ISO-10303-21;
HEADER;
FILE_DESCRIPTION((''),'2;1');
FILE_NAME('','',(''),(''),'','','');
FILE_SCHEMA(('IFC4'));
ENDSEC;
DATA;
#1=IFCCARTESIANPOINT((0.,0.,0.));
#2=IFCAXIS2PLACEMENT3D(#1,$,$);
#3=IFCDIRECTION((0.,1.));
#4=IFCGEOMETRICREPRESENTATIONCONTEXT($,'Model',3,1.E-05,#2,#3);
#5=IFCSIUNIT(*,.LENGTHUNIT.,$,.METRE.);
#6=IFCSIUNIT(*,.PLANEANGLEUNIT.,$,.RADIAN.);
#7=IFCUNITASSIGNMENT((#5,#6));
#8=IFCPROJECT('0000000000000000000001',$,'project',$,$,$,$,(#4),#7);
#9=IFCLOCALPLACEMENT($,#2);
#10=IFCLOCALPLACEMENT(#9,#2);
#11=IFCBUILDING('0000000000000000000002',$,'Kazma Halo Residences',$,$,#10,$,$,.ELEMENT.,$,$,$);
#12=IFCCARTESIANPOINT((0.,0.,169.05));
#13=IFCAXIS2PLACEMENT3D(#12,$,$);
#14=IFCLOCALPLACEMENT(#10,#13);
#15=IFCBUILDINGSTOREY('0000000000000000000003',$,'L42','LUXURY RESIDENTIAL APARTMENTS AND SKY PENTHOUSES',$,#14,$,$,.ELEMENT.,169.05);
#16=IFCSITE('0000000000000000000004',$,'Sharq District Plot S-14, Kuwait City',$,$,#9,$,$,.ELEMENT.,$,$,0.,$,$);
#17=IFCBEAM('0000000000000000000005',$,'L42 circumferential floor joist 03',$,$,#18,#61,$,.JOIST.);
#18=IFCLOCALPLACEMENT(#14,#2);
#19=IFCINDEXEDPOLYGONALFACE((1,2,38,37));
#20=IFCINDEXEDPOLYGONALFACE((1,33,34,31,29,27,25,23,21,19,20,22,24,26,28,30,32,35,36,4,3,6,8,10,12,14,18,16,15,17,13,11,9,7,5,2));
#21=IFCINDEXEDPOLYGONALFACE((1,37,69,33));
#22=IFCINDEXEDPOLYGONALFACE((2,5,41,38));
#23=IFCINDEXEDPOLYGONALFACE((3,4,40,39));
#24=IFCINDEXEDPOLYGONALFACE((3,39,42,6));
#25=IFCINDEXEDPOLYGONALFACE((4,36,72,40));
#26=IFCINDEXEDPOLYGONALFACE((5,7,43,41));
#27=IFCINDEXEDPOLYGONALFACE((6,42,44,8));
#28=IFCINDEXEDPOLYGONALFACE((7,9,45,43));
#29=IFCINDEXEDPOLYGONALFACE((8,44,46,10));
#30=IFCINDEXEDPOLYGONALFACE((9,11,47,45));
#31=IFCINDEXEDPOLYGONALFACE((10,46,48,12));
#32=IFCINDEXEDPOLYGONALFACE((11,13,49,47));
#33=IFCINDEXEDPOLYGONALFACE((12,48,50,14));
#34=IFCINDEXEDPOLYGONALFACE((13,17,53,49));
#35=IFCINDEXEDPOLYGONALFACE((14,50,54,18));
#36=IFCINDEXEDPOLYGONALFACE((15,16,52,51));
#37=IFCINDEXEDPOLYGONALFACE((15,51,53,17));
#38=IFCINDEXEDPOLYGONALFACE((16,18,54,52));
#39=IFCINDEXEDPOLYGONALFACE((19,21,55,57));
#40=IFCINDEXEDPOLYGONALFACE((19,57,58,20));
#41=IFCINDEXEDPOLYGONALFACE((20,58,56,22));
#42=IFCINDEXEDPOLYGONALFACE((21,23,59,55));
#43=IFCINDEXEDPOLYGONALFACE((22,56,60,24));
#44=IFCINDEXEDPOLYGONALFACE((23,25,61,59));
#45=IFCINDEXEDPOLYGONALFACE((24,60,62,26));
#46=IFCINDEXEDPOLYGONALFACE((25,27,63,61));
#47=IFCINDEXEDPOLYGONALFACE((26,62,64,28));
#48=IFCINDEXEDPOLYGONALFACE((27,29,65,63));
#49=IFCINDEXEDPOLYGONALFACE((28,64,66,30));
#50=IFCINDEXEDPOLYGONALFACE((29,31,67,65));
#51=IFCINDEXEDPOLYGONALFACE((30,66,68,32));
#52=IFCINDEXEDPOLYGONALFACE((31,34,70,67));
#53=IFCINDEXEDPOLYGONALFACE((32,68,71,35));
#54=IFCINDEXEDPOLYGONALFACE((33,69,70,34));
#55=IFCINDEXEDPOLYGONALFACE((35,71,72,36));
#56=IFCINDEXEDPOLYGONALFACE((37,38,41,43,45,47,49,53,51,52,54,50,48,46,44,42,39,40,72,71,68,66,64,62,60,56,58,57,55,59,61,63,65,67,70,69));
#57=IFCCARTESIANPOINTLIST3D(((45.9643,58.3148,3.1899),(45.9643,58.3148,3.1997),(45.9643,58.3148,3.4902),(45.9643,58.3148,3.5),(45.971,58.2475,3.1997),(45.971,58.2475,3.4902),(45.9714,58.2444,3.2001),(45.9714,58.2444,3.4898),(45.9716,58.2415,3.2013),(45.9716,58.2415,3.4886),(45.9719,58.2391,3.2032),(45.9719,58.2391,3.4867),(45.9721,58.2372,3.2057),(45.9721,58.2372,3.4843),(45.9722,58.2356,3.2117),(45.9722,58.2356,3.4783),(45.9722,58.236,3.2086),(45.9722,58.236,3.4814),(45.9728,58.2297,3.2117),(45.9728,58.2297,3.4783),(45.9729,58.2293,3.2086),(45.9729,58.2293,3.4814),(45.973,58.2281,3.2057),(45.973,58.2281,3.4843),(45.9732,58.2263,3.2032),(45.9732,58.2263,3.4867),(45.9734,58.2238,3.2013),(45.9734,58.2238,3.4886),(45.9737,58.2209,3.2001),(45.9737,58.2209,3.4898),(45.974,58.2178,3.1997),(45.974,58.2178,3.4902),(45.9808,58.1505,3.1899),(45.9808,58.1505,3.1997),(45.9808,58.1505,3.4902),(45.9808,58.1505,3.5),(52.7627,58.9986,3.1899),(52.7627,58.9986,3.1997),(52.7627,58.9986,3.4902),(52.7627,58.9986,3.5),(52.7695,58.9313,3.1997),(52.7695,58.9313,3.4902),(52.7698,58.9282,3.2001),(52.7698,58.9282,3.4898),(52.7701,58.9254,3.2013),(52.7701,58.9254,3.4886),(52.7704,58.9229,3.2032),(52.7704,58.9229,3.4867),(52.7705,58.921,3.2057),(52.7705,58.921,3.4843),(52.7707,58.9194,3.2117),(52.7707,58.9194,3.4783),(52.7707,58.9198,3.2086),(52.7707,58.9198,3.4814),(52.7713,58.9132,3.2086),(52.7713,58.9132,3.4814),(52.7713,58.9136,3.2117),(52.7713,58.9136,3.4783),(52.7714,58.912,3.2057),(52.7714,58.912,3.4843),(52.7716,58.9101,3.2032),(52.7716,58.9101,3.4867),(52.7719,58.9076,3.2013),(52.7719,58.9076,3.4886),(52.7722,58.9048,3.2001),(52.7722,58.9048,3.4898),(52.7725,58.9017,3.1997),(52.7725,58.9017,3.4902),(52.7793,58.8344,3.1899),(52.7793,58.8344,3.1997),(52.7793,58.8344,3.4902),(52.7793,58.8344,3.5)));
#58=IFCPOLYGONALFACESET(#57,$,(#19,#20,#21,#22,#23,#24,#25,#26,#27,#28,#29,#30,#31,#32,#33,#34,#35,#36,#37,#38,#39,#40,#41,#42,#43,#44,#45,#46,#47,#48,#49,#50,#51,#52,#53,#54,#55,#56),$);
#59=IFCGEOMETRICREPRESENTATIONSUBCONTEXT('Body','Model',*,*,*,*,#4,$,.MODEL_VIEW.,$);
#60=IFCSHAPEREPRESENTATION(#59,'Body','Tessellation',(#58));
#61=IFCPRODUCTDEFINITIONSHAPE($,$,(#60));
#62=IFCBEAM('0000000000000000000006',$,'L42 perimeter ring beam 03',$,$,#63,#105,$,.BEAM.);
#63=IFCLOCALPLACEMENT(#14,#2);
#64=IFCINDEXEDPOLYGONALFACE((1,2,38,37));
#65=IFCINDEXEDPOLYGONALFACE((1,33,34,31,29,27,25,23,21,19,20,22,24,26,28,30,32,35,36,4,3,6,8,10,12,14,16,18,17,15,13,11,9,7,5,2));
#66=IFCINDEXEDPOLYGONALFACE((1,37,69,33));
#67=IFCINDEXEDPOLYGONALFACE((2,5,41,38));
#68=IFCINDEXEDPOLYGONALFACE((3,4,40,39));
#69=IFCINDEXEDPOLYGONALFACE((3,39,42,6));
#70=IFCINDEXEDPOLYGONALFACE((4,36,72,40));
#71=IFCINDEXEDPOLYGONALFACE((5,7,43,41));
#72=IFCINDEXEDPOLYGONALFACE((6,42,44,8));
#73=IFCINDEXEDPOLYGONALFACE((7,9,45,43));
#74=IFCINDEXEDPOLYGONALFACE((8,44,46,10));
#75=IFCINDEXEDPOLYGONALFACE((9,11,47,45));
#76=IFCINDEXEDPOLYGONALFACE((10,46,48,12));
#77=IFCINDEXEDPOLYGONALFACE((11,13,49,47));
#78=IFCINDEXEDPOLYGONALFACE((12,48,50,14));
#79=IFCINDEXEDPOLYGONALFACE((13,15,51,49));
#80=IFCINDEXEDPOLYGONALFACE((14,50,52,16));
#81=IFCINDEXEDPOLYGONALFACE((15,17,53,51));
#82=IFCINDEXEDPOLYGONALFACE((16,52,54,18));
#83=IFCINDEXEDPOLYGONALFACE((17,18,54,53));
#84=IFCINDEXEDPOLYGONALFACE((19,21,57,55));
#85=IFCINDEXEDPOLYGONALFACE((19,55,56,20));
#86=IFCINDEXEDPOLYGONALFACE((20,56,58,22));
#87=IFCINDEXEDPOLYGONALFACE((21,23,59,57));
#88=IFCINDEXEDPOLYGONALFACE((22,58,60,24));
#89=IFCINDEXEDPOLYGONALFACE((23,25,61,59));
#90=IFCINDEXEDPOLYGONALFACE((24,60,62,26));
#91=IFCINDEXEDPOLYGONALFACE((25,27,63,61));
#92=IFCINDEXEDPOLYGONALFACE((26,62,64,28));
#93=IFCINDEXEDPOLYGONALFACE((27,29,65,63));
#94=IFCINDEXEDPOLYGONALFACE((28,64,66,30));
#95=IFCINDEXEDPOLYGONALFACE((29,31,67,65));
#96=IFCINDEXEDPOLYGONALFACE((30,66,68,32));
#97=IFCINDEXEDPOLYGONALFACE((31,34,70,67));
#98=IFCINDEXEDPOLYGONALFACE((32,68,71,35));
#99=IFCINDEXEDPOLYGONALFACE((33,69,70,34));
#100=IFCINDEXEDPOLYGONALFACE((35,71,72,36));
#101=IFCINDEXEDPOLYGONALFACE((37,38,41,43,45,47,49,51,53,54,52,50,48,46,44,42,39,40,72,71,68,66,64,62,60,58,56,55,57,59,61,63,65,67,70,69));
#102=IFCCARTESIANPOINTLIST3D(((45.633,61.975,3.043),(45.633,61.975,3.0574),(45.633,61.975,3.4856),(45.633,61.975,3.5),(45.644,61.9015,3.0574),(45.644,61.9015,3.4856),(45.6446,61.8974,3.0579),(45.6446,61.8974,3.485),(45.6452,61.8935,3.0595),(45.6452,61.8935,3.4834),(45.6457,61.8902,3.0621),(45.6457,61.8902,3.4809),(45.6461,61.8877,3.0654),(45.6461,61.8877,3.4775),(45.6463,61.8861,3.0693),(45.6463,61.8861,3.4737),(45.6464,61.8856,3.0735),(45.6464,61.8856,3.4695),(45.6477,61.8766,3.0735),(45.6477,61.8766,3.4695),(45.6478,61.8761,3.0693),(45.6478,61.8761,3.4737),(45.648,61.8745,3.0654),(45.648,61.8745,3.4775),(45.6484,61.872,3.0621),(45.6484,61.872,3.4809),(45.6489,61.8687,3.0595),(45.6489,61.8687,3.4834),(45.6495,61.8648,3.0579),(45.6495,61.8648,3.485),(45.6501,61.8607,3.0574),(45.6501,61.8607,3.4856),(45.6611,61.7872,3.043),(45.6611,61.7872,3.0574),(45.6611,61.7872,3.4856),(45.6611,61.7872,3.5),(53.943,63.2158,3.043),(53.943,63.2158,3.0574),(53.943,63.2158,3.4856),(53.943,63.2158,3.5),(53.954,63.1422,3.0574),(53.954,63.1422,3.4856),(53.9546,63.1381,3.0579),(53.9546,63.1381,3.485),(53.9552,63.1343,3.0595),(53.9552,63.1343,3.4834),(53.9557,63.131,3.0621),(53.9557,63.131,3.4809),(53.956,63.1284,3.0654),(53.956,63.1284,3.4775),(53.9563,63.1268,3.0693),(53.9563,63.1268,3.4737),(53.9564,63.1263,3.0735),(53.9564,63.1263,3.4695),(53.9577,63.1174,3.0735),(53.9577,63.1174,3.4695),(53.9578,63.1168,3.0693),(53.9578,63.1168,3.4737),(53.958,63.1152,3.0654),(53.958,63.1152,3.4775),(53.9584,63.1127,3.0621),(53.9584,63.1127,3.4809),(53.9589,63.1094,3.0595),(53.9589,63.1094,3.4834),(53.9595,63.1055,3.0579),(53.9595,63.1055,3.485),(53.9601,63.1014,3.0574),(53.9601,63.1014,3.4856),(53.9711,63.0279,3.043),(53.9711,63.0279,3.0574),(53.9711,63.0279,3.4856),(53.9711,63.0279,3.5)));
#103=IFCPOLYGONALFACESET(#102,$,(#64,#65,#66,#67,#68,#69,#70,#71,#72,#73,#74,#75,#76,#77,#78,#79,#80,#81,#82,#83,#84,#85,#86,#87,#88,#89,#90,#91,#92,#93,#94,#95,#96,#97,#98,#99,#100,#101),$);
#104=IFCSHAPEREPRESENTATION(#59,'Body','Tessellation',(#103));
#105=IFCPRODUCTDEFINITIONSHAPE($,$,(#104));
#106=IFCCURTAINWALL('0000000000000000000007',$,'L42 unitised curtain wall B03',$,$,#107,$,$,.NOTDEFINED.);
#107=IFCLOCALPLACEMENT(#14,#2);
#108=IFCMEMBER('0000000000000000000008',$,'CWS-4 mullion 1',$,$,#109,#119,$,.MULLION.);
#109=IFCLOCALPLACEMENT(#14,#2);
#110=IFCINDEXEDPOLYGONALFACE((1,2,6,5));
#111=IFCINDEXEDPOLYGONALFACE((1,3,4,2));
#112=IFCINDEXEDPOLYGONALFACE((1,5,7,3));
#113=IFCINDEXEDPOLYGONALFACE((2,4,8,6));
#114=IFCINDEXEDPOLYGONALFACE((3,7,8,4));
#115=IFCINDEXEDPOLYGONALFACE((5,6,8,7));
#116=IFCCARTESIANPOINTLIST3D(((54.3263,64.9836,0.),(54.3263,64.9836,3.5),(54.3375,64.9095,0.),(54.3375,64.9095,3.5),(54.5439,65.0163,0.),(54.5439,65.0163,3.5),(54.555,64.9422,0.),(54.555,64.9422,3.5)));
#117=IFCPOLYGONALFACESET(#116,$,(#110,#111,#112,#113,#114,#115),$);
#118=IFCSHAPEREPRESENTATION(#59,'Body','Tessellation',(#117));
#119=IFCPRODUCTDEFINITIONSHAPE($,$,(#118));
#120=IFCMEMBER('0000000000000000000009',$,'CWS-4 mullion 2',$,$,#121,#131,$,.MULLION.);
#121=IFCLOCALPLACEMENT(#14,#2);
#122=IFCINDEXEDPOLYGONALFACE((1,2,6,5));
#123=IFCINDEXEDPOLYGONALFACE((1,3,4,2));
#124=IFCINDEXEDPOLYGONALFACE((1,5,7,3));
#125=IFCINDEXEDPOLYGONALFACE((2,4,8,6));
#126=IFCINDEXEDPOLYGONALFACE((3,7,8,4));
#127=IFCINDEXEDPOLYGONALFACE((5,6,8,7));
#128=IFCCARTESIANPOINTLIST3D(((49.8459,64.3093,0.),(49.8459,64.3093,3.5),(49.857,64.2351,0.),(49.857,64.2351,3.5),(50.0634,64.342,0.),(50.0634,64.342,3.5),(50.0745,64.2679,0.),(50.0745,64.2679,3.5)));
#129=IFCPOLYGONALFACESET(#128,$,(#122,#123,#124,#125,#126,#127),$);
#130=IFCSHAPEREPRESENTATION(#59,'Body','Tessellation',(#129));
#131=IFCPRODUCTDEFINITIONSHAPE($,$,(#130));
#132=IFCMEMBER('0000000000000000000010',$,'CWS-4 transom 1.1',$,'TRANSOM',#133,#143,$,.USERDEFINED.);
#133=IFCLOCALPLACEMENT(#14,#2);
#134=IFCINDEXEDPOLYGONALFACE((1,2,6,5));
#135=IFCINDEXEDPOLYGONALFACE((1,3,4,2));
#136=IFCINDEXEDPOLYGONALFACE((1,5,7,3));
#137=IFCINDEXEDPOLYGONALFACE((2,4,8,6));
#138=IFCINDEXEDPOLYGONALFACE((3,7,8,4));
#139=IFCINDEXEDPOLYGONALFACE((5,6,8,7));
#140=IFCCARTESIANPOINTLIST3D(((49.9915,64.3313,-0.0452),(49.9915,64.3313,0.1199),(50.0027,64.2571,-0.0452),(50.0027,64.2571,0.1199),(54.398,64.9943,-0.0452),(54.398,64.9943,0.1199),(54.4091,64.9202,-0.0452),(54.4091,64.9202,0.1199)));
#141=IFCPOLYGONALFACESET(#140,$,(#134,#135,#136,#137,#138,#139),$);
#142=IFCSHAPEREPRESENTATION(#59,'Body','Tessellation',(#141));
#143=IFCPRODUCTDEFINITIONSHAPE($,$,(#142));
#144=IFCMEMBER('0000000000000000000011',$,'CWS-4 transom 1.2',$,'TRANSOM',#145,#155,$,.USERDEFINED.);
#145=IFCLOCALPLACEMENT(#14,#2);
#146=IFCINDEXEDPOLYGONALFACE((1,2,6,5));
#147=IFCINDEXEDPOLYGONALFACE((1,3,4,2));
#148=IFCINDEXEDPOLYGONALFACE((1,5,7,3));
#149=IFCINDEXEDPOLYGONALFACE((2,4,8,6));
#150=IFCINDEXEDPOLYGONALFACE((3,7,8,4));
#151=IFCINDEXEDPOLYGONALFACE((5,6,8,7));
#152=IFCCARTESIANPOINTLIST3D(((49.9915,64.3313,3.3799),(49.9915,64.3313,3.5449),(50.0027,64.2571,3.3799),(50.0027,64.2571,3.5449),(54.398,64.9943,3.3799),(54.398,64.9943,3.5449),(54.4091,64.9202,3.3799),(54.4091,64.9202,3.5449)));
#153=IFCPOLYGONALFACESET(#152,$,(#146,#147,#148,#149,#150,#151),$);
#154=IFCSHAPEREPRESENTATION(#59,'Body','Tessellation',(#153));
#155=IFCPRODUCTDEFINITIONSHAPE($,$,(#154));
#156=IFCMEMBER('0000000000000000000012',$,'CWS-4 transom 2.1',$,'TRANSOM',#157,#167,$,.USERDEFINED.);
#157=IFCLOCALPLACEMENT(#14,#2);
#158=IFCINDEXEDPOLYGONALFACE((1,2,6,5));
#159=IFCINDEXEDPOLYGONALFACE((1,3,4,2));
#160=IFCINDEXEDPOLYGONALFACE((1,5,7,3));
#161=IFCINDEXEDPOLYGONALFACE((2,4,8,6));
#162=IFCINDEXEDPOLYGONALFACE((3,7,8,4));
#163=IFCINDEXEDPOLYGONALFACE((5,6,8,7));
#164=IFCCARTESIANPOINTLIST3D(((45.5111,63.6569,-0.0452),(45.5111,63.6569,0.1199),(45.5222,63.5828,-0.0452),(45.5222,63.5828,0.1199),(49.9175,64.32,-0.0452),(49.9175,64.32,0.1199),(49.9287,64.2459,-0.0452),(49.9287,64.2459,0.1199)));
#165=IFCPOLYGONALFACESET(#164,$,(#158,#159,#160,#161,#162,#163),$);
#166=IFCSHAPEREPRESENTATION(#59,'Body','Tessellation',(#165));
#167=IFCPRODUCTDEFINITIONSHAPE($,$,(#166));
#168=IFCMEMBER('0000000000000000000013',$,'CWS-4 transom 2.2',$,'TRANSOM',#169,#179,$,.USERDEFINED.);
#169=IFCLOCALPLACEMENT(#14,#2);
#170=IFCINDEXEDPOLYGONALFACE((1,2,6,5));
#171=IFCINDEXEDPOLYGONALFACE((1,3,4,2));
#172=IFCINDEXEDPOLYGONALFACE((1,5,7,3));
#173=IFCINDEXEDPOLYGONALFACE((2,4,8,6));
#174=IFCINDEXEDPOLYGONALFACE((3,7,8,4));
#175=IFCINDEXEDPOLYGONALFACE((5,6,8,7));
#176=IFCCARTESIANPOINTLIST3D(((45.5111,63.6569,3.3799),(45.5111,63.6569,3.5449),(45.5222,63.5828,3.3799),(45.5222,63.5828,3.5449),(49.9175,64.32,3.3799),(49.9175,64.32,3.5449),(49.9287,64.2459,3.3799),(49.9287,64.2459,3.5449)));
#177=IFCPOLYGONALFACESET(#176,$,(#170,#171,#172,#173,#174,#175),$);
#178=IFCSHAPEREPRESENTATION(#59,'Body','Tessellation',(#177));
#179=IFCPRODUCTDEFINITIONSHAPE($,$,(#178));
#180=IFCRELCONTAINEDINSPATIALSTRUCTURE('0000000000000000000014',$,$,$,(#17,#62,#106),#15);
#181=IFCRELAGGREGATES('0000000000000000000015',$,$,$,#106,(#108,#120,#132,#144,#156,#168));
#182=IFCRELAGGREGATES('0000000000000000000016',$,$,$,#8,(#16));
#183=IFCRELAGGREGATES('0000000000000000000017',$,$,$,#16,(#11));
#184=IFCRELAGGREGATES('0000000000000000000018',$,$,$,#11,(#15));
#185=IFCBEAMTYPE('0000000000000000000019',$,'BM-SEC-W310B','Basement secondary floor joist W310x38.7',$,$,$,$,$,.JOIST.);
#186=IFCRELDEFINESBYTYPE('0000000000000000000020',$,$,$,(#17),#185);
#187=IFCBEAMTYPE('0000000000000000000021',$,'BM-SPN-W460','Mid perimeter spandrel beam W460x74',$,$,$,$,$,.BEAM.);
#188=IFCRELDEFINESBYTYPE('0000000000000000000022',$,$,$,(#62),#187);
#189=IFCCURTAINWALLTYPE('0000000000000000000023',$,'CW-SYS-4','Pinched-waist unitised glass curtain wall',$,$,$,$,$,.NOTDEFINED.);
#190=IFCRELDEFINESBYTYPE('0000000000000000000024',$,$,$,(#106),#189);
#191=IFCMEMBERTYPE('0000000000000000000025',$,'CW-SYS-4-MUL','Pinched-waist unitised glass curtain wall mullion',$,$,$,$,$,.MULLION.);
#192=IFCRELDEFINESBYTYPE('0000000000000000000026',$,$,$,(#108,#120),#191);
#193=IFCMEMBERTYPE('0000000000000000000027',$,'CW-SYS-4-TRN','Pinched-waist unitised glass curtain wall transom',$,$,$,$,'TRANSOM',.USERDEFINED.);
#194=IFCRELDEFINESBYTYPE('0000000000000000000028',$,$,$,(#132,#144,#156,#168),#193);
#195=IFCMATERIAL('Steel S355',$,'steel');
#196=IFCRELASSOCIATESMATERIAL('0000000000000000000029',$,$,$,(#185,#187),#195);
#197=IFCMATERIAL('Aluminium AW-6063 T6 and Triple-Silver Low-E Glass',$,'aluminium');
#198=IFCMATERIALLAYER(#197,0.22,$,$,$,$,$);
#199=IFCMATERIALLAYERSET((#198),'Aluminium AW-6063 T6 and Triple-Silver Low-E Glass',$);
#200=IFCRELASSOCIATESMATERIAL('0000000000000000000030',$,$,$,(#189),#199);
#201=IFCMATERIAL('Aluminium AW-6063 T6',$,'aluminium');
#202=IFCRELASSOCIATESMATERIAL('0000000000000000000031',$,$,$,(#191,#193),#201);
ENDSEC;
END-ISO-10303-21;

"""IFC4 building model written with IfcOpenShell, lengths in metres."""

from ifc_helpers import new_model, si_unit, direction, frame, origin, origin_2d, place, context, subcontext, project, spatial, rectangle, i_section, extrude, material, layer, layer_set, material_profile, profile_set, type_object, element, aggregate, save


model = new_model("IFC4")

# Units and contexts
model_context = context("Model", 3, precision=1e-05, world=origin(), true_north=direction((0.0, 1.0)))
body_context = subcontext(model_context, "Body", "Model", "MODEL_VIEW")
ifc_project = project(units=[si_unit("LENGTHUNIT", "METRE"), si_unit("PLANEANGLEUNIT", "RADIAN")], contexts=[model_context])

# Site, building, storey
site_placement = place(None, origin())
site = spatial("IfcSite", under=ifc_project, at=site_placement, Name="Sharq District Plot S-14, Kuwait City", CompositionType="ELEMENT", RefElevation=0.0)
building_placement = place(site_placement, origin())
building = spatial("IfcBuilding", under=site, at=building_placement, Name="Kazma Halo Residences", CompositionType="ELEMENT")
storey_placement = place(building_placement, frame((0.0, 0.0, 169.05)))
storey = spatial("IfcBuildingStorey", under=building, at=storey_placement, Name="L42", Description="LUXURY RESIDENTIAL APARTMENTS AND SKY PENTHOUSES", CompositionType="ELEMENT", Elevation=169.05)

# Beams
ifc_material_1 = material(Name="Steel S355", Category="steel")
ifc_material_profile_1 = material_profile(ifc_material_1, i_section(OverallWidth=0.165, OverallDepth=0.3101, WebThickness=0.0059, FlangeThickness=0.0098, FilletRadius=0.012, at=origin_2d()), Name="W310x38.7")
ifc_profile_set_1 = profile_set([ifc_material_profile_1], Name="Steel S355")
beam_type_1 = type_object("IfcBeamType", Name="BM-SEC-W310B", Description="Basement secondary floor joist W310x38.7", PredefinedType="JOIST", material=ifc_profile_set_1)
beam_1_placement = place(storey_placement, frame((52.771, 58.9165, 3.345), z_axis=(-0.994979, -0.100084, 0.0), x_axis=(0.100084, -0.994979, 0.0)))
element("IfcBeam", 1, at=beam_1_placement, inside=storey, type_object=beam_type_1, Name="L42 circumferential floor joist 03", PredefinedType="JOIST", context=body_context, shape_type="SweptSolid", body=[
    extrude(i_section(OverallWidth=0.165, OverallDepth=0.3101, WebThickness=0.0059, FlangeThickness=0.0098, FilletRadius=0.012, at=origin_2d()), origin(), (0.0, 0.0, 1.0), 6.8328),
])
ifc_material_profile_2 = material_profile(ifc_material_1, i_section(OverallWidth=0.1899, OverallDepth=0.457, WebThickness=0.009, FlangeThickness=0.0144, FilletRadius=0.0161, at=origin_2d()), Name="W460x74")
ifc_profile_set_2 = profile_set([ifc_material_profile_2], Name="Steel S355")
beam_type_2 = type_object("IfcBeamType", Name="BM-SPN-W460", Description="Mid perimeter spandrel beam W460x74", PredefinedType="BEAM", material=ifc_profile_set_2)
beam_2_placement = place(storey_placement, frame((53.957, 63.1218, 3.2715), z_axis=(-0.989037, -0.147667, 0.0), x_axis=(0.147667, -0.989037, 0.0)))
element("IfcBeam", 2, at=beam_2_placement, inside=storey, type_object=beam_type_2, Name="L42 perimeter ring beam 03", PredefinedType="BEAM", context=body_context, shape_type="SweptSolid", body=[
    extrude(i_section(OverallWidth=0.1899, OverallDepth=0.457, WebThickness=0.009, FlangeThickness=0.0144, FilletRadius=0.0161, at=origin_2d()), origin(), (0.0, 0.0, 1.0), 8.4021),
])

# Curtain wall, members
ifc_material_2 = material(Name="Aluminium AW-6063 T6 and Triple-Silver Low-E Glass", Category="aluminium")
ifc_layer_1 = layer(ifc_material_2, 0.22)
ifc_layer_set_1 = layer_set([ifc_layer_1], Name="Aluminium AW-6063 T6 and Triple-Silver Low-E Glass")
curtain_wall_type = type_object("IfcCurtainWallType", Name="CW-SYS-4", Description="Pinched-waist unitised glass curtain wall", PredefinedType="NOTDEFINED", material=ifc_layer_set_1)
curtain_wall_placement = place(storey_placement, origin())
curtain_wall = element("IfcCurtainWall", 3, at=curtain_wall_placement, inside=storey, type_object=curtain_wall_type, Name="L42 unitised curtain wall B03", PredefinedType="NOTDEFINED")
ifc_material_3 = material(Name="Aluminium AW-6063 T6", Category="aluminium")
ifc_material_profile_3 = material_profile(ifc_material_3, rectangle(XDim=0.075, YDim=0.22, at=origin_2d()), Name="CWM-75x220")
ifc_profile_set_3 = profile_set([ifc_material_profile_3], Name="Aluminium AW-6063 T6")
member_type_1 = type_object("IfcMemberType", Name="CW-SYS-4-MUL", Description="Pinched-waist unitised glass curtain wall mullion", PredefinedType="MULLION", material=ifc_profile_set_3)
member_1_placement = place(storey_placement, frame((54.4407, 64.9629, 0.0), z_axis=(0.0, 0.0, 1.0), x_axis=(0.148821, -0.988864, 0.0)))
member_1 = element("IfcMember", 4, at=member_1_placement, type_object=member_type_1, Name="CWS-4 mullion 1", PredefinedType="MULLION", context=body_context, shape_type="SweptSolid", body=[
    extrude(rectangle(XDim=0.075, YDim=0.22, at=origin_2d()), origin(), (0.0, 0.0, 1.0), 3.5),
])
member_2_placement = place(storey_placement, frame((49.9602, 64.2886, 0.0), z_axis=(0.0, 0.0, 1.0), x_axis=(0.148821, -0.988864, 0.0)))
member_2 = element("IfcMember", 5, at=member_2_placement, type_object=member_type_1, Name="CWS-4 mullion 2", PredefinedType="MULLION", context=body_context, shape_type="SweptSolid", body=[
    extrude(rectangle(XDim=0.075, YDim=0.22, at=origin_2d()), origin(), (0.0, 0.0, 1.0), 3.5),
])
ifc_material_profile_4 = material_profile(ifc_material_3, rectangle(XDim=0.075, YDim=0.165, at=origin_2d()), Name="CWT-75x165")
ifc_profile_set_4 = profile_set([ifc_material_profile_4], Name="Aluminium AW-6063 T6")
member_type_2 = type_object("IfcMemberType", Name="CW-SYS-4-TRN", Description="Pinched-waist unitised glass curtain wall transom", ElementType="TRANSOM", PredefinedType="USERDEFINED", material=ifc_profile_set_4)
member_3_placement = place(storey_placement, frame((54.4036, 64.9573, 0.0374), z_axis=(-0.988867, -0.148804, 0.0), x_axis=(0.148804, -0.988867, 0.0)))
member_3 = element("IfcMember", 6, at=member_3_placement, type_object=member_type_2, Name="CWS-4 transom 1.1", ObjectType="TRANSOM", PredefinedType="USERDEFINED", context=body_context, shape_type="SweptSolid", body=[
    extrude(rectangle(XDim=0.075, YDim=0.165, at=origin_2d()), origin(), (0.0, 0.0, 1.0), 4.4561),
])
member_4_placement = place(storey_placement, frame((54.4036, 64.9573, 3.4624), z_axis=(-0.988867, -0.148804, 0.0), x_axis=(0.148804, -0.988867, 0.0)))
member_4 = element("IfcMember", 7, at=member_4_placement, type_object=member_type_2, Name="CWS-4 transom 1.2", ObjectType="TRANSOM", PredefinedType="USERDEFINED", context=body_context, shape_type="SweptSolid", body=[
    extrude(rectangle(XDim=0.075, YDim=0.165, at=origin_2d()), origin(), (0.0, 0.0, 1.0), 4.4561),
])
member_5_placement = place(storey_placement, frame((49.9231, 64.283, 0.0374), z_axis=(-0.988867, -0.148804, 0.0), x_axis=(0.148804, -0.988867, 0.0)))
member_5 = element("IfcMember", 8, at=member_5_placement, type_object=member_type_2, Name="CWS-4 transom 2.1", ObjectType="TRANSOM", PredefinedType="USERDEFINED", context=body_context, shape_type="SweptSolid", body=[
    extrude(rectangle(XDim=0.075, YDim=0.165, at=origin_2d()), origin(), (0.0, 0.0, 1.0), 4.4561),
])
member_6_placement = place(storey_placement, frame((49.9231, 64.283, 3.4624), z_axis=(-0.988867, -0.148804, 0.0), x_axis=(0.148804, -0.988867, 0.0)))
member_6 = element("IfcMember", 9, at=member_6_placement, type_object=member_type_2, Name="CWS-4 transom 2.2", ObjectType="TRANSOM", PredefinedType="USERDEFINED", context=body_context, shape_type="SweptSolid", body=[
    extrude(rectangle(XDim=0.075, YDim=0.165, at=origin_2d()), origin(), (0.0, 0.0, 1.0), 4.4561),
])
aggregate(curtain_wall, [member_1, member_2, member_3, member_4, member_5, member_6])

save(model, "model.ifc")
